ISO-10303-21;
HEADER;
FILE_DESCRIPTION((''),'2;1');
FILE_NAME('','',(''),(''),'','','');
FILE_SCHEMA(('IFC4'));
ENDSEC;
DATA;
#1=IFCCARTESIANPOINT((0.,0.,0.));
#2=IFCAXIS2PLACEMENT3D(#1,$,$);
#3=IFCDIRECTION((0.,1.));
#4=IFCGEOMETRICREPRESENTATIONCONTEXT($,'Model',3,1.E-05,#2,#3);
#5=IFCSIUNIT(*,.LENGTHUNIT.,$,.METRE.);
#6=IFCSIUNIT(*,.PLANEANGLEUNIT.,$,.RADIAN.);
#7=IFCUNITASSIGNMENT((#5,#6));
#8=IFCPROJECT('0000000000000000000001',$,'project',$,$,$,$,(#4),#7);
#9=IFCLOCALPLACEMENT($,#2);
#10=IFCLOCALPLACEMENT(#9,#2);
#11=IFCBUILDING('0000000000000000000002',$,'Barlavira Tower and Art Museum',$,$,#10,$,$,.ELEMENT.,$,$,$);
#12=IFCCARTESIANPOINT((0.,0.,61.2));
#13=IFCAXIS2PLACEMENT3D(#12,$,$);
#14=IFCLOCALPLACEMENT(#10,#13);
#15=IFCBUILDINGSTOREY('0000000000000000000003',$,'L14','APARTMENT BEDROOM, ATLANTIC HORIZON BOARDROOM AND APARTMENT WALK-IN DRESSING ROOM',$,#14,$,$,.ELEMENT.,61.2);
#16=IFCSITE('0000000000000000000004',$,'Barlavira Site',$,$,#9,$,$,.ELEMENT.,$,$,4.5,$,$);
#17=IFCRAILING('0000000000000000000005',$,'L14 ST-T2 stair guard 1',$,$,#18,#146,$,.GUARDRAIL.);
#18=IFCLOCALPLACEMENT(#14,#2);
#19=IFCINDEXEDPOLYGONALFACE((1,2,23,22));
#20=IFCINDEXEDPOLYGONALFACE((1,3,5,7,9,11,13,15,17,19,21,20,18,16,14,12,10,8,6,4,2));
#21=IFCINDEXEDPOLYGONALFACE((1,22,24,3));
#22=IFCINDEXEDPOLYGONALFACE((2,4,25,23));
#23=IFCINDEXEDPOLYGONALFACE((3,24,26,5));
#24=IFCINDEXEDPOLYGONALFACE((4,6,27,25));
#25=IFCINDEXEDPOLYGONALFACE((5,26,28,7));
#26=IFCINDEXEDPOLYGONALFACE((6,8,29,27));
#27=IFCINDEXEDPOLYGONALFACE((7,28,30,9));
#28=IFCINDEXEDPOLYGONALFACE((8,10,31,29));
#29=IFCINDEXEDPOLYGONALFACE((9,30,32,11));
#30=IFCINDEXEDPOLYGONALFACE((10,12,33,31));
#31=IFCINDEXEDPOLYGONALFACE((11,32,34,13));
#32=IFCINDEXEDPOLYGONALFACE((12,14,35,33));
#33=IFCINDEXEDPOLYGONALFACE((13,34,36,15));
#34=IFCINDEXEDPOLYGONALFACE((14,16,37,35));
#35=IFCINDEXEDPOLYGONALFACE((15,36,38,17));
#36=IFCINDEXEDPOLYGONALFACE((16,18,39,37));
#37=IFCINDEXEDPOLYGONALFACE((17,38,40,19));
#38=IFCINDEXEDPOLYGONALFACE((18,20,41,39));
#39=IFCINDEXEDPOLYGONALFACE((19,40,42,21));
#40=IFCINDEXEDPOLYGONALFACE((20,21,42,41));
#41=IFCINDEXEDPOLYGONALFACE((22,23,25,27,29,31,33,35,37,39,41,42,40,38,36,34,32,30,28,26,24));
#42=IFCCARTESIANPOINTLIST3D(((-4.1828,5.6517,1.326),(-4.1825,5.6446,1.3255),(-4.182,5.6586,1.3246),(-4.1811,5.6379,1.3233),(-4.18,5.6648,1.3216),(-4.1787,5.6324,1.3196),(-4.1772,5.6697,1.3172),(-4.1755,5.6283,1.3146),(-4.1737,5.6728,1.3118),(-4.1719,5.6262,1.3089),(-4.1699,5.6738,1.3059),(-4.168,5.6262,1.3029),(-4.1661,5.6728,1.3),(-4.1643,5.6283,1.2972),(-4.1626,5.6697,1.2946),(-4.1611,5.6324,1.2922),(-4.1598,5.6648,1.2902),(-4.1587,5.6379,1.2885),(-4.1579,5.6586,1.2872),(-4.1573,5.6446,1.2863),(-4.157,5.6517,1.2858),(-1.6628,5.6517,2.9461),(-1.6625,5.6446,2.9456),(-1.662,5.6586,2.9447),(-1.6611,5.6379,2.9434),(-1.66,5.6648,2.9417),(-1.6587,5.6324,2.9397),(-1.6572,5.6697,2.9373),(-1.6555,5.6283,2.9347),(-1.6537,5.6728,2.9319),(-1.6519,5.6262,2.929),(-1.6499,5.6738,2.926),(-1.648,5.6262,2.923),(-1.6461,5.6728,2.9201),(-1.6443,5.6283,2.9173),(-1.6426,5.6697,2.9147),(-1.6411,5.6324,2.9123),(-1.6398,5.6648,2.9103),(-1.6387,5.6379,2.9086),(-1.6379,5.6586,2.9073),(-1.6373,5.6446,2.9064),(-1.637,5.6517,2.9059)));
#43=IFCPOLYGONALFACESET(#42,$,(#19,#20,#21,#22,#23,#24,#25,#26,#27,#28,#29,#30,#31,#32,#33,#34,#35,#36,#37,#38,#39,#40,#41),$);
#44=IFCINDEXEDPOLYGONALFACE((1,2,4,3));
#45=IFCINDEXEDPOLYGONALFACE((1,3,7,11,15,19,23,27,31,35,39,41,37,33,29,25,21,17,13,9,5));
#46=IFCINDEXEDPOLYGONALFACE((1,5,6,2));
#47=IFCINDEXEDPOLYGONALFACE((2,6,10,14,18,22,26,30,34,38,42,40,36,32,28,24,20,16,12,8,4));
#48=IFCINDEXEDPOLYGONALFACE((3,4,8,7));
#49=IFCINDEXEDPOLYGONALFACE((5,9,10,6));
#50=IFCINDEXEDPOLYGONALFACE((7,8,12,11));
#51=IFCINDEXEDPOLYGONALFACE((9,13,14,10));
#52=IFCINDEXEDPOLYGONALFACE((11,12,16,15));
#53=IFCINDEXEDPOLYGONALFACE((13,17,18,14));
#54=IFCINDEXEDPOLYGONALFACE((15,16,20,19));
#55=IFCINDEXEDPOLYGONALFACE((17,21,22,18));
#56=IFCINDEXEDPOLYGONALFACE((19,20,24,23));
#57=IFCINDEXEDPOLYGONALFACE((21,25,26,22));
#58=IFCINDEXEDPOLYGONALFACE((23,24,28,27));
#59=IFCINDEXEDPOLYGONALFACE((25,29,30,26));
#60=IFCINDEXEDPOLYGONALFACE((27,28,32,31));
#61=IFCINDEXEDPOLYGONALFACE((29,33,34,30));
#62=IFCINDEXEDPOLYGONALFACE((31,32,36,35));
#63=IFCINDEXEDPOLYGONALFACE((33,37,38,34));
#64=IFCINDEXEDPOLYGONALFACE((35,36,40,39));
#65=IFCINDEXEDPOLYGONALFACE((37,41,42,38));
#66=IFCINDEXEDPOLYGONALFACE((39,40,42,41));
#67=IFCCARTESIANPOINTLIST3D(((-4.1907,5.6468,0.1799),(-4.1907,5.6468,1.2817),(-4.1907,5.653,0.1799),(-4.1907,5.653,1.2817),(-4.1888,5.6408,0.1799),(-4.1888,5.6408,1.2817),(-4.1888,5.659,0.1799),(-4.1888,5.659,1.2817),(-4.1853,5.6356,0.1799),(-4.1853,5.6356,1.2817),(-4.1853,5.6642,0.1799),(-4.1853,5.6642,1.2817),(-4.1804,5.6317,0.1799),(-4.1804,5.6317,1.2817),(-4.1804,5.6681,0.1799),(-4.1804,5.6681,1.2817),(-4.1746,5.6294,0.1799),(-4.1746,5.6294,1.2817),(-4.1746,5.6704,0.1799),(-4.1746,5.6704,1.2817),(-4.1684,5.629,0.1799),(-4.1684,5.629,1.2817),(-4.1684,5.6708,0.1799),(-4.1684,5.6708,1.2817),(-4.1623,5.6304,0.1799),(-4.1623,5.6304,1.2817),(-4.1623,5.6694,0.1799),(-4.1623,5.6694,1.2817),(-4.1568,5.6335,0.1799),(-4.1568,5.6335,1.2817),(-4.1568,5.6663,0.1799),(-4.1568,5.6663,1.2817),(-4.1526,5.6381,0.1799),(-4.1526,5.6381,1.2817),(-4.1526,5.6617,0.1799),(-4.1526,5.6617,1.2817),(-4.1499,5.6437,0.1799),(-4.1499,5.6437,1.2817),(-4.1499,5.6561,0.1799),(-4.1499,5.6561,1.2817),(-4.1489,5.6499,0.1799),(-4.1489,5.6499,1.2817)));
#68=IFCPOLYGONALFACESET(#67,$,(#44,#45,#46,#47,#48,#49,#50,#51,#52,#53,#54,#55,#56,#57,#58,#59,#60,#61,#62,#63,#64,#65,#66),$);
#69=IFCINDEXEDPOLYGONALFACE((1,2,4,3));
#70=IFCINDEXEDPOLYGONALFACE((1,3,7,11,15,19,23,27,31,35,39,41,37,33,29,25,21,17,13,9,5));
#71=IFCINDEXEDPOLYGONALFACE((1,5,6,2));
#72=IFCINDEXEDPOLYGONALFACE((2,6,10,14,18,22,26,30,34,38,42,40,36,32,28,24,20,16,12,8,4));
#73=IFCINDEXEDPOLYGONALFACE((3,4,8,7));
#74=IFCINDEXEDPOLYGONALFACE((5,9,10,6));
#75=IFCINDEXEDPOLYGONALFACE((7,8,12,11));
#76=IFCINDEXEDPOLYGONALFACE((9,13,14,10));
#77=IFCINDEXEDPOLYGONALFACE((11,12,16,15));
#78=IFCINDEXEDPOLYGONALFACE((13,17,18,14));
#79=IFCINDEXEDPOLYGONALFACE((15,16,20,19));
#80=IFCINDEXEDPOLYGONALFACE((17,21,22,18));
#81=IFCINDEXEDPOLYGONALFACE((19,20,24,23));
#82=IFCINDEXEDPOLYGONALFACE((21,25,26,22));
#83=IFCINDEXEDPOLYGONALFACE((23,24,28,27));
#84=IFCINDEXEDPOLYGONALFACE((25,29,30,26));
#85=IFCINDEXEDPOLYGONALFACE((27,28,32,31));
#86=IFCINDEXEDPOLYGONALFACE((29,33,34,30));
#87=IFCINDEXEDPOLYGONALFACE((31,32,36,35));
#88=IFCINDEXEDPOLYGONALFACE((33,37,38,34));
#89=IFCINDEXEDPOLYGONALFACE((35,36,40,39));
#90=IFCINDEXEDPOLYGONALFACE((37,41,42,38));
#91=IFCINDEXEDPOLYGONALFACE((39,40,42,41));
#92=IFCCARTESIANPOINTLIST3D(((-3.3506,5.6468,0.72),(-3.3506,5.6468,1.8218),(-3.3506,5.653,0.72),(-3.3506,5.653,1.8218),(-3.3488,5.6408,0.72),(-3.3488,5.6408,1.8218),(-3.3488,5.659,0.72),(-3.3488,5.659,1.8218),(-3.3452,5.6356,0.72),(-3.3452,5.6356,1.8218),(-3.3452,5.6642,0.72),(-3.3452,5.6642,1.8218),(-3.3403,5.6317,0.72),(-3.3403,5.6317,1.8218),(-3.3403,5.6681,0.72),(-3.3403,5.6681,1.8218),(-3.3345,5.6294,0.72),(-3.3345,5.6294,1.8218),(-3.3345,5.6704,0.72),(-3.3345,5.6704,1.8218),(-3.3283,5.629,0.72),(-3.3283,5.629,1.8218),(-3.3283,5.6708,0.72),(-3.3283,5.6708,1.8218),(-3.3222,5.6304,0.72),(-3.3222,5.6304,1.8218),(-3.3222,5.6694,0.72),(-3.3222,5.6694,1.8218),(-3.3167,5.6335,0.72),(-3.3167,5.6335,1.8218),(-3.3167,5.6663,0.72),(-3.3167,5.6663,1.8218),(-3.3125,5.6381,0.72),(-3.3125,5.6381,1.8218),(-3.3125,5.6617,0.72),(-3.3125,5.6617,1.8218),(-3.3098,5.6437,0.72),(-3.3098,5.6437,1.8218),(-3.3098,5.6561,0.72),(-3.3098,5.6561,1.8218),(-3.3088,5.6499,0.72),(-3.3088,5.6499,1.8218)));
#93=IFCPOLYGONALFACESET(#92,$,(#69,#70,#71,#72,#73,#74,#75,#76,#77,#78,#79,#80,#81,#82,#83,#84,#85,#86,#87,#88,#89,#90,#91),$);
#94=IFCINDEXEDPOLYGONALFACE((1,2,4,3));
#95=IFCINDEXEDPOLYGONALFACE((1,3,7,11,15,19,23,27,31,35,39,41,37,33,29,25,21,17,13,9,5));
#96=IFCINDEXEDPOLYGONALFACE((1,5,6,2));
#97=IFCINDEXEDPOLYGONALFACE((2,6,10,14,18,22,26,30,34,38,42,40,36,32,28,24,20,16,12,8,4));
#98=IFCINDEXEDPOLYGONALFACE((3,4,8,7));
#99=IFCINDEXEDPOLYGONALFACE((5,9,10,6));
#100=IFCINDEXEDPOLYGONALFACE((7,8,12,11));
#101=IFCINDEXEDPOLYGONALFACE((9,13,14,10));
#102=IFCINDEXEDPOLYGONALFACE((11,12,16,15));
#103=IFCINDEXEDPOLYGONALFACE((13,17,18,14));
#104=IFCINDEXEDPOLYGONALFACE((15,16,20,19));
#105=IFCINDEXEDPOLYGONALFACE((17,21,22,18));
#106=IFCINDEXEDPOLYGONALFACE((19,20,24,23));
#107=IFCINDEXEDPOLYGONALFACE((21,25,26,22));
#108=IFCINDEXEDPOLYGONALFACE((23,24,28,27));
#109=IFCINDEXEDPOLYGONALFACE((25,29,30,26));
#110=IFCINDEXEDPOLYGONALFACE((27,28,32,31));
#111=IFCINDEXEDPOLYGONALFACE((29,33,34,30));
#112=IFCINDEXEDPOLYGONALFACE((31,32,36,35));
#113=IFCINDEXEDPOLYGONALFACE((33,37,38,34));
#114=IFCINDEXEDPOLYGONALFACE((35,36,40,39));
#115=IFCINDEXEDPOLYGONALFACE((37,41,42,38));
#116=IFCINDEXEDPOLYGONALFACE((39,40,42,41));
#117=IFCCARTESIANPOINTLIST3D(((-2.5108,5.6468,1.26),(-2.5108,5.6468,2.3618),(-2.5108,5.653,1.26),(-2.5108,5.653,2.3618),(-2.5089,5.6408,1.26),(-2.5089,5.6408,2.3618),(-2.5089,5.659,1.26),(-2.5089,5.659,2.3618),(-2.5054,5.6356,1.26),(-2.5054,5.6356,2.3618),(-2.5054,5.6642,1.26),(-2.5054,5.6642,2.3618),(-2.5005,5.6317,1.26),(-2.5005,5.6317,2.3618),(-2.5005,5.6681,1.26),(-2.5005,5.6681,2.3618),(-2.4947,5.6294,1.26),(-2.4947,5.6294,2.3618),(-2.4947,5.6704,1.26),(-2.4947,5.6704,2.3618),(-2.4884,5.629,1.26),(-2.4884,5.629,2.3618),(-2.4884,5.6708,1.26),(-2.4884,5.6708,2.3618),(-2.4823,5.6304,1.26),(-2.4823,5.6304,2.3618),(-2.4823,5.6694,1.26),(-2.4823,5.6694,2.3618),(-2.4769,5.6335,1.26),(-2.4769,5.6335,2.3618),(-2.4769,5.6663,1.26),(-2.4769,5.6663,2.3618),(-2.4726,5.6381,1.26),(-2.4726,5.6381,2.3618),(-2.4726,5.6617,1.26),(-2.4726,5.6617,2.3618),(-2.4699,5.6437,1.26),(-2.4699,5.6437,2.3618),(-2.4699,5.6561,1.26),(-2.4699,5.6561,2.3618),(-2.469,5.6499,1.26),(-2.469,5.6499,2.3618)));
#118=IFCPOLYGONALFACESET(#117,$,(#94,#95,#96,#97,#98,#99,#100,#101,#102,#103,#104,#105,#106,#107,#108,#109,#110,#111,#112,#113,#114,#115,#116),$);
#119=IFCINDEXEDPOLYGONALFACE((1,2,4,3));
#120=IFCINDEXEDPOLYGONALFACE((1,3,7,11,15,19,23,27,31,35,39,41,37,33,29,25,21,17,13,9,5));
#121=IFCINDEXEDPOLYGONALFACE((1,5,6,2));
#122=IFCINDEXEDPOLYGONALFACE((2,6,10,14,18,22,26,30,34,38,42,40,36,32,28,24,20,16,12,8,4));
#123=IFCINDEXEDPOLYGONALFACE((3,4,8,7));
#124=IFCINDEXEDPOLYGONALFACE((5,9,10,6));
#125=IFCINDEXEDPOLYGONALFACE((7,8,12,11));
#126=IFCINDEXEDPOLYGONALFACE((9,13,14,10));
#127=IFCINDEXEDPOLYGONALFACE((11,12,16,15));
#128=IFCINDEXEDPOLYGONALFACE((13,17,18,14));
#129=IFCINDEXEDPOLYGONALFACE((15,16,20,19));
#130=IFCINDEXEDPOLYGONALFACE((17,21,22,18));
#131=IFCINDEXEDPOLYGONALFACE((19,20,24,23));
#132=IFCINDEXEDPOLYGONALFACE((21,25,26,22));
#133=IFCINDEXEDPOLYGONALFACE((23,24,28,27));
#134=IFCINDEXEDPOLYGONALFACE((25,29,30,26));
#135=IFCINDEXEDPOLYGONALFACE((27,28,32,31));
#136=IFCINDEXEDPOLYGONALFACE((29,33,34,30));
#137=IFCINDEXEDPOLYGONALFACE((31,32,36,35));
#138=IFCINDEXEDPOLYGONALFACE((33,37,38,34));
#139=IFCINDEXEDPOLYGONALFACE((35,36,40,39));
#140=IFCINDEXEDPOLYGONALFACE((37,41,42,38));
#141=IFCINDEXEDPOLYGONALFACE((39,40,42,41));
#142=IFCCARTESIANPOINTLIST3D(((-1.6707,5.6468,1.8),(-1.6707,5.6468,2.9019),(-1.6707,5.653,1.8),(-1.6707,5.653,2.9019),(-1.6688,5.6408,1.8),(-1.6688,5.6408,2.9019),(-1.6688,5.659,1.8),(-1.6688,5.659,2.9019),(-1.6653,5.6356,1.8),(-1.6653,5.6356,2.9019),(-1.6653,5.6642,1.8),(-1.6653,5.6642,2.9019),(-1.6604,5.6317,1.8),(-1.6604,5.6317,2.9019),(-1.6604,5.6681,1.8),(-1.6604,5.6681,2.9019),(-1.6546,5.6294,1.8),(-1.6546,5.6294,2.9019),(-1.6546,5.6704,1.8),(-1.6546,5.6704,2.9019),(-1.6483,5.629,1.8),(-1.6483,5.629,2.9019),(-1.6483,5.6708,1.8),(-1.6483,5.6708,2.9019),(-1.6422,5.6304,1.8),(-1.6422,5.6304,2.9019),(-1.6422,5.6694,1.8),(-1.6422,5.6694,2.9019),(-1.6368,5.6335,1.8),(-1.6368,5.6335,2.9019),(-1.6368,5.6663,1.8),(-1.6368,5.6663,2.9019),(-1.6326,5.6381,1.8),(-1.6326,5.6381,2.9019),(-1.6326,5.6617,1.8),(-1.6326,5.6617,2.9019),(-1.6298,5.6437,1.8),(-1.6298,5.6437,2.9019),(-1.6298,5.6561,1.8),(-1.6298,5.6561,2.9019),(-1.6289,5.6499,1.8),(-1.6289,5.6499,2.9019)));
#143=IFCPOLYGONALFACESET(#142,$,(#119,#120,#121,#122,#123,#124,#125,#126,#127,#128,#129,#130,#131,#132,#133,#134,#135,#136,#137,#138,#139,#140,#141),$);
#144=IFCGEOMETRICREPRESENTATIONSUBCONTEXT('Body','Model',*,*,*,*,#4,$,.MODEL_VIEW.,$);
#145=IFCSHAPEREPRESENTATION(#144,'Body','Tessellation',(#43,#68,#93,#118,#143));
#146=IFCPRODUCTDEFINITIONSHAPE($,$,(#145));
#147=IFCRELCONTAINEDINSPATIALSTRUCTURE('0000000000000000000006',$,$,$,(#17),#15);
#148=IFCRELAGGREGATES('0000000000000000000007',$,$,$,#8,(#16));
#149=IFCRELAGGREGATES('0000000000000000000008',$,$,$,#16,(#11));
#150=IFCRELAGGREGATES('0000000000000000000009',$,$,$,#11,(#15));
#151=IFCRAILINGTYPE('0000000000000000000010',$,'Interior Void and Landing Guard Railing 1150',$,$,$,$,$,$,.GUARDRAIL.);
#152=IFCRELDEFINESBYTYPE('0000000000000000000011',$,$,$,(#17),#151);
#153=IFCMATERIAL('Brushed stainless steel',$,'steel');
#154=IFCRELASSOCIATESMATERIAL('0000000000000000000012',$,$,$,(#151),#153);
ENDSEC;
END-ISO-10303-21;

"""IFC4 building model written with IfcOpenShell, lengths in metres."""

from ifc_helpers import new_model, si_unit, direction, frame, origin, origin_2d, place, context, subcontext, project, spatial, circle, extrude, material, type_object, element, save


model = new_model("IFC4")

# Units and contexts
model_context = context("Model", 3, precision=1e-05, world=origin(), true_north=direction((0.0, 1.0)))
body_context = subcontext(model_context, "Body", "Model", "MODEL_VIEW")
ifc_project = project(units=[si_unit("LENGTHUNIT", "METRE"), si_unit("PLANEANGLEUNIT", "RADIAN")], contexts=[model_context])

# Site, building, storey
site_placement = place(None, origin())
site = spatial("IfcSite", under=ifc_project, at=site_placement, Name="Barlavira Site", CompositionType="ELEMENT", RefElevation=4.5)
building_placement = place(site_placement, origin())
building = spatial("IfcBuilding", under=site, at=building_placement, Name="Barlavira Tower and Art Museum", CompositionType="ELEMENT")
storey_placement = place(building_placement, frame((0.0, 0.0, 61.2)))
storey = spatial("IfcBuildingStorey", under=building, at=storey_placement, Name="L14", Description="APARTMENT BEDROOM, ATLANTIC HORIZON BOARDROOM AND APARTMENT WALK-IN DRESSING ROOM", CompositionType="ELEMENT", Elevation=61.2)

# Shared definitions
ifc_material_1 = material(Name="Brushed stainless steel", Category="steel")

# Railing
railing_type_1 = type_object("IfcRailingType", Name="Interior Void and Landing Guard Railing 1150", PredefinedType="GUARDRAIL", material=ifc_material_1)
railing_1_placement = place(storey_placement, frame((-4.1699, 5.6499, 0.1799)))
element("IfcRailing", 1, at=railing_1_placement, inside=storey, type_object=railing_type_1, Name="L14 ST-T2 stair guard 1", PredefinedType="GUARDRAIL", context=body_context, shape_type="SweptSolid", body=[
    extrude(circle(Radius=0.0239, at=origin_2d()), frame((0.0, 0.0, 1.126), z_axis=(0.841163, 0.0, 0.540782), x_axis=(0.0, 1.0, 0.0)), (0.0, 0.0, 1.0), 2.9958),
    extrude(circle(Radius=0.021, at=origin_2d()), origin(), (0.0, 0.0, 1.0), 1.1018),
    extrude(circle(Radius=0.021, at=origin_2d()), frame((0.8401, 0.0, 0.54)), (0.0, 0.0, 1.0), 1.1018),
    extrude(circle(Radius=0.021, at=origin_2d()), frame((1.6799, 0.0, 1.0801)), (0.0, 0.0, 1.0), 1.1018),
    extrude(circle(Radius=0.021, at=origin_2d()), frame((2.52, 0.0, 1.6201)), (0.0, 0.0, 1.0), 1.1018),
])

save(model, "model.ifc")
